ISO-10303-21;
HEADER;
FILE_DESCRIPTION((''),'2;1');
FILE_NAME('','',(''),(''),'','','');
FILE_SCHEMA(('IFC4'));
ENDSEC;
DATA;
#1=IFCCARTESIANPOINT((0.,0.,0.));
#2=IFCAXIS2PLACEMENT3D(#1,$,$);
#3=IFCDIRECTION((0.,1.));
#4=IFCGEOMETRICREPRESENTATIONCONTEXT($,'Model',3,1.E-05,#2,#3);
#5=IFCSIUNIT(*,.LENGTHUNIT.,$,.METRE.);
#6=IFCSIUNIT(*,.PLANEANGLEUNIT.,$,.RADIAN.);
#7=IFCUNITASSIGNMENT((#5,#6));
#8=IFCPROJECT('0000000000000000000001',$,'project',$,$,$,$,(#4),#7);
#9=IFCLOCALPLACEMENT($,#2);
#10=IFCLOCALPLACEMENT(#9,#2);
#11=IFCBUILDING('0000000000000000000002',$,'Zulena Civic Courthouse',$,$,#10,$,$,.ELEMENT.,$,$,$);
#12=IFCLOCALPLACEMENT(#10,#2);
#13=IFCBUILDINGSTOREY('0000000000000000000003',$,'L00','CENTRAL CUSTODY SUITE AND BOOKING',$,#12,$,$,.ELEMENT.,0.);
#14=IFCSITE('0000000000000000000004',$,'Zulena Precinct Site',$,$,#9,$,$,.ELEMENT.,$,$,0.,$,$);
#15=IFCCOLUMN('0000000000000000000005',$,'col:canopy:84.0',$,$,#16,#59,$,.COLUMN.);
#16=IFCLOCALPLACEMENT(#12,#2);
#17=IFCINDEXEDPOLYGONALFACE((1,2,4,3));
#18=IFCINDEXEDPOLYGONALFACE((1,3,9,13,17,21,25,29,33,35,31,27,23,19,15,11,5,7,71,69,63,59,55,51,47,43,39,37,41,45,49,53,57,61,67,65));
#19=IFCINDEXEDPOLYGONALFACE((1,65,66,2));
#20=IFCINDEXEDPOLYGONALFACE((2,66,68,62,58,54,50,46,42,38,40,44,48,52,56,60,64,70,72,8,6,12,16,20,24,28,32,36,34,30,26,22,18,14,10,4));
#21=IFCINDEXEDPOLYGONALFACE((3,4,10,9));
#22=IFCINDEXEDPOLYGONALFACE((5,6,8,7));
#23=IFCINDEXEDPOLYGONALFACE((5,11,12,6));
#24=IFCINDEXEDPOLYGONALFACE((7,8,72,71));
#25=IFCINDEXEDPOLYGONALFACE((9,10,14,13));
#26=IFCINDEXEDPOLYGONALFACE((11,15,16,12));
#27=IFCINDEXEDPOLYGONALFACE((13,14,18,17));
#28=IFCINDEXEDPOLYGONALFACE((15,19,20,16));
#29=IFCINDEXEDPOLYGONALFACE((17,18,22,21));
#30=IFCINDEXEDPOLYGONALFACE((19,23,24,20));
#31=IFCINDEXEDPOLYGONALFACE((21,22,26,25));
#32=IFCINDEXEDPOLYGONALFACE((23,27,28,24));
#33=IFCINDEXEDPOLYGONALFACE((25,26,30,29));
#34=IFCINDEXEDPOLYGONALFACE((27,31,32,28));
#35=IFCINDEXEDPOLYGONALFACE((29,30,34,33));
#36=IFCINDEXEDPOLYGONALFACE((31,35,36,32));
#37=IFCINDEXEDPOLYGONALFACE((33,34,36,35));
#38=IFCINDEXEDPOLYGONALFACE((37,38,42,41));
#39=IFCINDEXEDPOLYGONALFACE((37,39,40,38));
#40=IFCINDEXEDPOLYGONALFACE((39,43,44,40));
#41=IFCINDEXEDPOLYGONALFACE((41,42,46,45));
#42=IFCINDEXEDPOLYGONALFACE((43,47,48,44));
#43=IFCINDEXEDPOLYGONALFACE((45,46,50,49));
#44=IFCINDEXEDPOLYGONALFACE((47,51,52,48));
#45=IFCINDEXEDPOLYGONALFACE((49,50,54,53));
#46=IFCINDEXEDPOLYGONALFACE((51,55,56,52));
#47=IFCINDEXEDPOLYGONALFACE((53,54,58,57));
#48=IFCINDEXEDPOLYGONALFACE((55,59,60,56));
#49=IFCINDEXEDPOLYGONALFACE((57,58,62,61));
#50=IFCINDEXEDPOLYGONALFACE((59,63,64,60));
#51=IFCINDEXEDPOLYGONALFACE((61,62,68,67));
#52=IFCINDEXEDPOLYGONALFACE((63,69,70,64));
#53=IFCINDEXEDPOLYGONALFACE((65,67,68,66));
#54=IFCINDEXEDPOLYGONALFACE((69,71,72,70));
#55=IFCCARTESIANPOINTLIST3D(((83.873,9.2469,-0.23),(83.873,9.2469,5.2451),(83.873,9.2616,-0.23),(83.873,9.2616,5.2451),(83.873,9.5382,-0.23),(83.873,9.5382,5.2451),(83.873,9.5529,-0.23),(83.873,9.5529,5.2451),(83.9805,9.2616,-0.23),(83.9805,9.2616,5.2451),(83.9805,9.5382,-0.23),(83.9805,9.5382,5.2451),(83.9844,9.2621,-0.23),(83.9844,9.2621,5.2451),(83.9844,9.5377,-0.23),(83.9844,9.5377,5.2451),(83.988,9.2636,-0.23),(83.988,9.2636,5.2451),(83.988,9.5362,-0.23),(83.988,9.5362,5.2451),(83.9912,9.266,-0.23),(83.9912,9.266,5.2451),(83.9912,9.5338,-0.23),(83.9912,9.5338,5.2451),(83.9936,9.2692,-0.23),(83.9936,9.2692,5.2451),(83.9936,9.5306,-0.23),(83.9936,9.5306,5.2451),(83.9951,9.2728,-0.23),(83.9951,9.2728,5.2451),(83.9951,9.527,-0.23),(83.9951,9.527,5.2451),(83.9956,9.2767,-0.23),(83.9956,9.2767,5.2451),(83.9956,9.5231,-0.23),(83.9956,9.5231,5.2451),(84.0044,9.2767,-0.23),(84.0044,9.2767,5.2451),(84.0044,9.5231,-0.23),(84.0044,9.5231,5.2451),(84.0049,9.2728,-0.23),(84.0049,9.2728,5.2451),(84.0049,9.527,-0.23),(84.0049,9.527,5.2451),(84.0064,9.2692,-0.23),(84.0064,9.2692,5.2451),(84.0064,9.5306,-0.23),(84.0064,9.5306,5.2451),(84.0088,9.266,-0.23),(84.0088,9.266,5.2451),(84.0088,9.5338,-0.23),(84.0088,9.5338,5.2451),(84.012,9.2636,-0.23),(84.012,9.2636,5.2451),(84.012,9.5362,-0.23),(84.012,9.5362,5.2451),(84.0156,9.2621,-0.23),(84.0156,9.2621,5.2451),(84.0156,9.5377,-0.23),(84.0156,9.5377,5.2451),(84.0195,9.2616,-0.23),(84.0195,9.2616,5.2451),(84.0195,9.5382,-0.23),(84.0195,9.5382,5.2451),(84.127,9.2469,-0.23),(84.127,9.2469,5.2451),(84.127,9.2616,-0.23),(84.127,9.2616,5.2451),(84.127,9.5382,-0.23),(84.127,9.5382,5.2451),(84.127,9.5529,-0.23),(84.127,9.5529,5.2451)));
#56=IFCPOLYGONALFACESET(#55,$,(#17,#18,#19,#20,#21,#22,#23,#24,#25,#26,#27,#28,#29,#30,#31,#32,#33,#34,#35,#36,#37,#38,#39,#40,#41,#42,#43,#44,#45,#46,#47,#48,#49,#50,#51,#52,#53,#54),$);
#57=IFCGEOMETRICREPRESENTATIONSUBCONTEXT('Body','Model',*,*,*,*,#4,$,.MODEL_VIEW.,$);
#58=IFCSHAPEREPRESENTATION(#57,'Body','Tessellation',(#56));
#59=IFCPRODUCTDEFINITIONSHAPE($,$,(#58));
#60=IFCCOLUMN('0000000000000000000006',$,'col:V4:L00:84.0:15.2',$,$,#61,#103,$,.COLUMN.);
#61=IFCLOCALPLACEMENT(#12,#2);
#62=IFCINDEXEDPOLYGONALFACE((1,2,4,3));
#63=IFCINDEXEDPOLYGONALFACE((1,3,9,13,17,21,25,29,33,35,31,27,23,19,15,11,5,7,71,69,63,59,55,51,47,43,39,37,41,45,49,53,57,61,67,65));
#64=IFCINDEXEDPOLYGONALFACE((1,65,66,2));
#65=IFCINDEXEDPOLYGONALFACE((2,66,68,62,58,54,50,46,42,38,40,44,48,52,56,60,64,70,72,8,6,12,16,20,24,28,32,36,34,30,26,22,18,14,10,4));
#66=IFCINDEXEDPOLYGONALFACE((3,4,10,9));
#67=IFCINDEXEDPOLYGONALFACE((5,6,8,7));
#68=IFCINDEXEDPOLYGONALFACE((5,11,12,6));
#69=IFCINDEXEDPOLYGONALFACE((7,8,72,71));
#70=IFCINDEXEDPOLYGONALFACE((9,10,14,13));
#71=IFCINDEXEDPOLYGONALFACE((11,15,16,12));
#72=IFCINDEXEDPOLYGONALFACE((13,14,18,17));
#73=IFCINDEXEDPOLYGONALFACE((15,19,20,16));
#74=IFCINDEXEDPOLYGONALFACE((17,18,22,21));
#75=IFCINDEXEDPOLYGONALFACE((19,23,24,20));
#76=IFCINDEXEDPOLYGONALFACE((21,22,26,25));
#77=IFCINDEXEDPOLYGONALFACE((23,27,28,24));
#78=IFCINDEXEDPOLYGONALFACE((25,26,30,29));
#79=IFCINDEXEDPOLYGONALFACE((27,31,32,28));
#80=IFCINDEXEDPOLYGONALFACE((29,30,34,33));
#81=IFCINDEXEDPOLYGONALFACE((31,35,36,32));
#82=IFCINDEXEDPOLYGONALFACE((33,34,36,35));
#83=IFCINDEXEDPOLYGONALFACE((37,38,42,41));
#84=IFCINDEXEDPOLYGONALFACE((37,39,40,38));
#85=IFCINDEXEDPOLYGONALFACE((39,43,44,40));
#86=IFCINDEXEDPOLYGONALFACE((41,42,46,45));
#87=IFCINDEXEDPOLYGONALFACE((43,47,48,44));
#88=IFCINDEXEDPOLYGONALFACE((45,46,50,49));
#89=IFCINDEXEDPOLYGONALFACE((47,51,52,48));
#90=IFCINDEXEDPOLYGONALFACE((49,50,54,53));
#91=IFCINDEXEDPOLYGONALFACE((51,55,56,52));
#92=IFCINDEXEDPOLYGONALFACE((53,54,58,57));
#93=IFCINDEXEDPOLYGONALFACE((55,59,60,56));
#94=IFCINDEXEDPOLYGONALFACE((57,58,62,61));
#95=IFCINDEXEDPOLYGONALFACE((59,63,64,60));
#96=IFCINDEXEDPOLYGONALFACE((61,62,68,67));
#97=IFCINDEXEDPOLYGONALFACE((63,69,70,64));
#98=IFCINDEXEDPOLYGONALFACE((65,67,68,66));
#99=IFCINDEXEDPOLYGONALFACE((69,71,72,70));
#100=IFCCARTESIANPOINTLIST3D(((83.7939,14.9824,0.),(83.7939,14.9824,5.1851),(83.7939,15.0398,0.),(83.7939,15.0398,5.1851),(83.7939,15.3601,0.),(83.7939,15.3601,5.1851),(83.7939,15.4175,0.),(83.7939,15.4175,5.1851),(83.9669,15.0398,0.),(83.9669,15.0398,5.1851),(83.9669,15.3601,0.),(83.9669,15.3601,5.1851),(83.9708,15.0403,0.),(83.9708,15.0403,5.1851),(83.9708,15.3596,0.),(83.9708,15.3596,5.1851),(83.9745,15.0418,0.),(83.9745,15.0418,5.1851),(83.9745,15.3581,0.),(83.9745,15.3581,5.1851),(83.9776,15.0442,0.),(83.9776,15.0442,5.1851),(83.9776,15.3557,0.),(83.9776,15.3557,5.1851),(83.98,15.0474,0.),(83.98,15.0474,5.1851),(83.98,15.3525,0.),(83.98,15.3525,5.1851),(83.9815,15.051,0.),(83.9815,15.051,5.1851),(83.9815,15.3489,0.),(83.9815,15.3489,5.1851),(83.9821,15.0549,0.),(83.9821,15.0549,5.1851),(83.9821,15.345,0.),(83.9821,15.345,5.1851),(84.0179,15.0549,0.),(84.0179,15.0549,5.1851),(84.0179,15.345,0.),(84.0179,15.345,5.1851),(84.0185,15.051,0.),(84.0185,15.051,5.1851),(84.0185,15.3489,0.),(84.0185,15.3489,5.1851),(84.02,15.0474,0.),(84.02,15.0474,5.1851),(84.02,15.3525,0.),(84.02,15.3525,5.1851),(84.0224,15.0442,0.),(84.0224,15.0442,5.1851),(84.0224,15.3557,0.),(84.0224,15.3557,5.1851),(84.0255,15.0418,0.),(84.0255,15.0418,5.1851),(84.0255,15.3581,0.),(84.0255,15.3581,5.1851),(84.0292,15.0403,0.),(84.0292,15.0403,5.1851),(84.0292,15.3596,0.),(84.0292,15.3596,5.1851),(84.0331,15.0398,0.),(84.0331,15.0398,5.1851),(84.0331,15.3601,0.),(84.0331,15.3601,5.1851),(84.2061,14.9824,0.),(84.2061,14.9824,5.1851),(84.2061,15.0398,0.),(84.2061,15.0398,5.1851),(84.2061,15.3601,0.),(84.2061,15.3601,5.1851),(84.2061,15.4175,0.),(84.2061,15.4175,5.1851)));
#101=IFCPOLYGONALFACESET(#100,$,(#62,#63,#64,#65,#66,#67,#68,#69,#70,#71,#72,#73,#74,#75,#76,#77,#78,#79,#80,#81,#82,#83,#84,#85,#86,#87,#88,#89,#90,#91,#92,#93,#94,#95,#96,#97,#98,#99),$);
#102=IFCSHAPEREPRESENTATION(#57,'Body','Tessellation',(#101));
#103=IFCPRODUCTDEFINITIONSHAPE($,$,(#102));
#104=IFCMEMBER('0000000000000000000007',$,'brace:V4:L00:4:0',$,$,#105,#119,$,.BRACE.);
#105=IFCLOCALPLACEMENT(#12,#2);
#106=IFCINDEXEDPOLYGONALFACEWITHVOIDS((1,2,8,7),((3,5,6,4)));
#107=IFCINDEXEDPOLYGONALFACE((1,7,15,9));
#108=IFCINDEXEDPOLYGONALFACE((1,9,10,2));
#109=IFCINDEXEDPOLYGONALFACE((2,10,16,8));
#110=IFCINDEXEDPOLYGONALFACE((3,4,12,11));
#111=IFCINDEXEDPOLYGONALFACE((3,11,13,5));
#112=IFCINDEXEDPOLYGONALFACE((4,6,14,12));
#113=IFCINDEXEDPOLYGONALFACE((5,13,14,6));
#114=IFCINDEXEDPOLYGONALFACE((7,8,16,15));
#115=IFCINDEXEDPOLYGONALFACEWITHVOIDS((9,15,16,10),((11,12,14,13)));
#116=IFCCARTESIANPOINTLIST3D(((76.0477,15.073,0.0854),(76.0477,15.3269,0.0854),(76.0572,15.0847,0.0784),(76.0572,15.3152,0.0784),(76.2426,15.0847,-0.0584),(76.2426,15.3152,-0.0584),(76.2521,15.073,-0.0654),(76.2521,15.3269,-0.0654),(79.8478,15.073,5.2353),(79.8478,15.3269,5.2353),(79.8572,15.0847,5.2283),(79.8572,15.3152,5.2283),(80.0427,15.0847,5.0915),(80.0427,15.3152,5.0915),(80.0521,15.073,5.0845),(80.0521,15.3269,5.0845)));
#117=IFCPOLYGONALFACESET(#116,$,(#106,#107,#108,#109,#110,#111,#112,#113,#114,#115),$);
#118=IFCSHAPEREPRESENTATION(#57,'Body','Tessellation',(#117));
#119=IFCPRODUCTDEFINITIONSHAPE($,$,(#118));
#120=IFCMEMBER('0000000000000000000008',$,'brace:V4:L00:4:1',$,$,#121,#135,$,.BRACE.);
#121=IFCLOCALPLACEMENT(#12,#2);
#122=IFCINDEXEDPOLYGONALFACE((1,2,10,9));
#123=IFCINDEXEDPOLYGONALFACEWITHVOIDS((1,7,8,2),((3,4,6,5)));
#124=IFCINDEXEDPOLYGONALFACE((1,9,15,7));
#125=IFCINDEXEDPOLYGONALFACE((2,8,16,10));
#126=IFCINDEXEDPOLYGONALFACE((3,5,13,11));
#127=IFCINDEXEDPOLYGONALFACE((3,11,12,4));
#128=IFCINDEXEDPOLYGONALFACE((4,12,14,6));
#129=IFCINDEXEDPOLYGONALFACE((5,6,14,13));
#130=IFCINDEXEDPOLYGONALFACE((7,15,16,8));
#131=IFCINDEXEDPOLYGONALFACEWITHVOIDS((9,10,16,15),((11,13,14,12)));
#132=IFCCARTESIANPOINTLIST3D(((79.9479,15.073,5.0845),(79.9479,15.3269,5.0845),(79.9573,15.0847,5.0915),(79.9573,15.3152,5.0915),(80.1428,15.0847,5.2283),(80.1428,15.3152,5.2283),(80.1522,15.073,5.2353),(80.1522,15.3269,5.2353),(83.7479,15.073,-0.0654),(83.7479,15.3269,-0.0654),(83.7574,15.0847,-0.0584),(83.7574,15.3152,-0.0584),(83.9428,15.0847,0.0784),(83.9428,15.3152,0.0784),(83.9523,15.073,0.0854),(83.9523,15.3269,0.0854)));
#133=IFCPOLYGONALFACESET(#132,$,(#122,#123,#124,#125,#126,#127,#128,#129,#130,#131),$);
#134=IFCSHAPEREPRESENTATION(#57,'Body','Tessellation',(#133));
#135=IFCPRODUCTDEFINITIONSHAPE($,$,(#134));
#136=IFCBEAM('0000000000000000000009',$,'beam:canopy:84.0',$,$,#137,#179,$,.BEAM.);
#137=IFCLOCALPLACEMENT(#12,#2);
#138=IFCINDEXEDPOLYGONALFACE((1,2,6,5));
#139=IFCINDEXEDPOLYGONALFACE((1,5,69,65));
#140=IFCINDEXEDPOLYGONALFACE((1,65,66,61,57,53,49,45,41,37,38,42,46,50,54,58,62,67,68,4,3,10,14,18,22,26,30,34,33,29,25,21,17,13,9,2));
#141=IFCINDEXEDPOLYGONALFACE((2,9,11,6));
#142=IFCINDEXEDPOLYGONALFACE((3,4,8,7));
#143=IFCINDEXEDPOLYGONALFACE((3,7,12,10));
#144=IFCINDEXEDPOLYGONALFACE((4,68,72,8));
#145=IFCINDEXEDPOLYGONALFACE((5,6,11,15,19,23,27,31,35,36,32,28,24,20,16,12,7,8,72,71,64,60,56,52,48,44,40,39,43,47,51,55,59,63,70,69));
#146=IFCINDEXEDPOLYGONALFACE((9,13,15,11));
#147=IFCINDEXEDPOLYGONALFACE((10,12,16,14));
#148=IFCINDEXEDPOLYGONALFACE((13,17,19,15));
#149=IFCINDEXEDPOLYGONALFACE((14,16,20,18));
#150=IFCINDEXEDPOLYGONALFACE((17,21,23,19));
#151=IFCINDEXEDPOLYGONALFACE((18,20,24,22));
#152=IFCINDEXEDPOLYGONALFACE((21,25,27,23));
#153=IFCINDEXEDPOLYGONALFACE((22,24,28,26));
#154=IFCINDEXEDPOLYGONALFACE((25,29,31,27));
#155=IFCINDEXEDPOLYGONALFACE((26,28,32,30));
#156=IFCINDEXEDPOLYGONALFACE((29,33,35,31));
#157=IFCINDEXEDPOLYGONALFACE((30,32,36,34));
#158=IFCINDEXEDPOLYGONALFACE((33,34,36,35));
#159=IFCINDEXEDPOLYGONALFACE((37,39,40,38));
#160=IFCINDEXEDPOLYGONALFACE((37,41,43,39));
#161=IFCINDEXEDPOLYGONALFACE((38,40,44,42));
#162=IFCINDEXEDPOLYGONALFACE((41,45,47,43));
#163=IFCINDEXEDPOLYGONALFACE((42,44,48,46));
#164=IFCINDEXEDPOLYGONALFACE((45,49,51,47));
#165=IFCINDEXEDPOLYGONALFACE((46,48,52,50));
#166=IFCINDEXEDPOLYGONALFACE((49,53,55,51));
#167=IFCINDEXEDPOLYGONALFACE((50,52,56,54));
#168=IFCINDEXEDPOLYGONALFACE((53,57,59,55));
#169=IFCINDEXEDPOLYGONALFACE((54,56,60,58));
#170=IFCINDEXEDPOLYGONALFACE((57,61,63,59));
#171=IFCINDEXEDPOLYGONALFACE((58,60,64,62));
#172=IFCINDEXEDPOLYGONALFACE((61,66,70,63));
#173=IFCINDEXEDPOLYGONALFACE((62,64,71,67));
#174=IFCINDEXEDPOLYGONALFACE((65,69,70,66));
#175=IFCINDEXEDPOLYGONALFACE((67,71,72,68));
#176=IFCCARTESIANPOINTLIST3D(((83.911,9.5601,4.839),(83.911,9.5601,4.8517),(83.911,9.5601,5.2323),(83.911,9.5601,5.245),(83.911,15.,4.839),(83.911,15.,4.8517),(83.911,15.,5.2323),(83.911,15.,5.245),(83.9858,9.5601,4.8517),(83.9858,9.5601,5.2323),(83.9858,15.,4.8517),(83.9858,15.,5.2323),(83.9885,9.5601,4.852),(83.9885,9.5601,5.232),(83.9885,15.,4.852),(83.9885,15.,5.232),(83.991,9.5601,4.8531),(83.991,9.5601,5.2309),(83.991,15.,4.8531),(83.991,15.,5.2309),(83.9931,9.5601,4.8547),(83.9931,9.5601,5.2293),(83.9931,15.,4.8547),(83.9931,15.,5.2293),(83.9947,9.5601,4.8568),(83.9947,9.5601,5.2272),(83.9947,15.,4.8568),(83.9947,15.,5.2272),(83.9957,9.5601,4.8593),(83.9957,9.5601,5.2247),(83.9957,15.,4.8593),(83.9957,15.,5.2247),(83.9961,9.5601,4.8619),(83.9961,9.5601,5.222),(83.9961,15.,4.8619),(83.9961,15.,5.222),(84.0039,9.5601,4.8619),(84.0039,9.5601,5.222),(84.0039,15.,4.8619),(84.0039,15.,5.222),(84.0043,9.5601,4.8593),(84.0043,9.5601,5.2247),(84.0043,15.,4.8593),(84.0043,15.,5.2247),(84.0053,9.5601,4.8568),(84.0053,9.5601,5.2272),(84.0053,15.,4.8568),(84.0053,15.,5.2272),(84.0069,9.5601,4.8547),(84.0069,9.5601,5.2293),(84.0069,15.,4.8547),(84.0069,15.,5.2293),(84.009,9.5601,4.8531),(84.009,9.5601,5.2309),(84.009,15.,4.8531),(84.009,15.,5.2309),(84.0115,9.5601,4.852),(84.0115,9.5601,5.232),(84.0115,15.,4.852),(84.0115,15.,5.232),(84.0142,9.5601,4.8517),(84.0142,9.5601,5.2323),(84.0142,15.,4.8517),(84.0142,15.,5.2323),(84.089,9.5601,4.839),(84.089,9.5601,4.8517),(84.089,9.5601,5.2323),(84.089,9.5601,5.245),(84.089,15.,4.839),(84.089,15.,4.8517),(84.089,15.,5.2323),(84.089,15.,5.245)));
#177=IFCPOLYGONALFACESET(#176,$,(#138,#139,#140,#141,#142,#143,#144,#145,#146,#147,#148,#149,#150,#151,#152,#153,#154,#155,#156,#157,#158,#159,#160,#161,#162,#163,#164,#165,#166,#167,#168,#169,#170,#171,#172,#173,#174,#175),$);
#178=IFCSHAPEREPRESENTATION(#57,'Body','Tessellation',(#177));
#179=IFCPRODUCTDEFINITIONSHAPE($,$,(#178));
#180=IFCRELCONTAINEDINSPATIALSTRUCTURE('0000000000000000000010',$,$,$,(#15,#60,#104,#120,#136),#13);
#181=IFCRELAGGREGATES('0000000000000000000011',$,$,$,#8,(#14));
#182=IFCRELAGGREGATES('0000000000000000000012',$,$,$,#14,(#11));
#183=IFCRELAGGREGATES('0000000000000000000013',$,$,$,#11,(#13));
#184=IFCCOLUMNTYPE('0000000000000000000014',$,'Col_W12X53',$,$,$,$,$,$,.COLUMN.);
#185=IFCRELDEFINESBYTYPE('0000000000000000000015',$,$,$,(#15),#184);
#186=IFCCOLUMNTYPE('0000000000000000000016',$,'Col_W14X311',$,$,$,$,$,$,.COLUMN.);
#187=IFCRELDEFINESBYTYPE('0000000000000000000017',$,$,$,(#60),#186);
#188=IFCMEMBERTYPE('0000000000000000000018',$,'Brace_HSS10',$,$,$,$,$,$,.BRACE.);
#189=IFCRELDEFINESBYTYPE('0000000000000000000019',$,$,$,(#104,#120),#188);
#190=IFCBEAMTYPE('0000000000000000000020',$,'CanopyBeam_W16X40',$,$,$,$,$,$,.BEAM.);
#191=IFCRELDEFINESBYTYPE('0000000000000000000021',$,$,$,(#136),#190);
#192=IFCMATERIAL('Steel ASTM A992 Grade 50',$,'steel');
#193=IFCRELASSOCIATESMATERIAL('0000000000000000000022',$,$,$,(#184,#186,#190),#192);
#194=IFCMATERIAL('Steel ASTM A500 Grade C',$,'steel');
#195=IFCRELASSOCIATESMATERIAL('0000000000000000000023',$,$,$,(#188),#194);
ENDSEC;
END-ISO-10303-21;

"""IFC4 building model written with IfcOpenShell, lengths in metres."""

from ifc_helpers import new_model, si_unit, direction, frame, origin, origin_2d, place, context, subcontext, project, spatial, hollow_rectangle, i_section, extrude, material, material_profile, profile_set, type_object, element, save


model = new_model("IFC4")

# Units and contexts
model_context = context("Model", 3, precision=1e-05, world=origin(), true_north=direction((0.0, 1.0)))
body_context = subcontext(model_context, "Body", "Model", "MODEL_VIEW")
ifc_project = project(units=[si_unit("LENGTHUNIT", "METRE"), si_unit("PLANEANGLEUNIT", "RADIAN")], contexts=[model_context])

# Site, building, storey
site_placement = place(None, origin())
site = spatial("IfcSite", under=ifc_project, at=site_placement, Name="Zulena Precinct Site", CompositionType="ELEMENT", RefElevation=0.0)
building_placement = place(site_placement, origin())
building = spatial("IfcBuilding", under=site, at=building_placement, Name="Zulena Civic Courthouse", CompositionType="ELEMENT")
storey_placement = place(building_placement, origin())
storey = spatial("IfcBuildingStorey", under=building, at=storey_placement, Name="L00", Description="CENTRAL CUSTODY SUITE AND BOOKING", CompositionType="ELEMENT", Elevation=0.0)

# Columns
ifc_material_1 = material(Name="Steel ASTM A992 Grade 50", Category="steel")
ifc_material_profile_1 = material_profile(ifc_material_1, i_section(OverallWidth=0.2539, OverallDepth=0.3059, WebThickness=0.0088, FlangeThickness=0.0146, FilletRadius=0.0151, at=origin_2d()), Name="W12X53")
ifc_profile_set_1 = profile_set([ifc_material_profile_1], Name="Steel ASTM A992 Grade 50")
column_type_1 = type_object("IfcColumnType", Name="Col_W12X53", PredefinedType="COLUMN", material=ifc_profile_set_1)
column_1_placement = place(storey_placement, frame((84.0, 9.3999, -0.23), z_axis=(0.0, 0.0, 1.0), x_axis=(1.0, 0.0, 0.0)))
element("IfcColumn", 1, at=column_1_placement, inside=storey, type_object=column_type_1, Name="col:canopy:84.0", PredefinedType="COLUMN", context=body_context, shape_type="SweptSolid", body=[
    extrude(i_section(OverallWidth=0.2539, OverallDepth=0.3059, WebThickness=0.0088, FlangeThickness=0.0146, FilletRadius=0.0151, at=origin_2d()), origin(), (0.0, 0.0, 1.0), 5.4751),
])
ifc_material_profile_2 = material_profile(ifc_material_1, i_section(OverallWidth=0.4121, OverallDepth=0.4351, WebThickness=0.0359, FlangeThickness=0.0574, FilletRadius=0.0151, at=origin_2d()), Name="W14X311")
ifc_profile_set_2 = profile_set([ifc_material_profile_2], Name="Steel ASTM A992 Grade 50")
column_type_2 = type_object("IfcColumnType", Name="Col_W14X311", PredefinedType="COLUMN", material=ifc_profile_set_2)
column_2_placement = place(storey_placement, frame((84.0, 15.2, 0.0), z_axis=(0.0, 0.0, 1.0), x_axis=(1.0, 0.0, 0.0)))
element("IfcColumn", 2, at=column_2_placement, inside=storey, type_object=column_type_2, Name="col:V4:L00:84.0:15.2", PredefinedType="COLUMN", context=body_context, shape_type="SweptSolid", body=[
    extrude(i_section(OverallWidth=0.4121, OverallDepth=0.4351, WebThickness=0.0359, FlangeThickness=0.0574, FilletRadius=0.0151, at=origin_2d()), origin(), (0.0, 0.0, 1.0), 5.1851),
])

# Members
ifc_material_2 = material(Name="Steel ASTM A500 Grade C", Category="steel")
ifc_material_profile_3 = material_profile(ifc_material_2, hollow_rectangle(XDim=0.2539, YDim=0.2539, WallThickness=0.0117, at=origin_2d()), Name="HSS10X10X1/2")
ifc_profile_set_3 = profile_set([ifc_material_profile_3], Name="Steel ASTM A500 Grade C")
member_type_1 = type_object("IfcMemberType", Name="Brace_HSS10", PredefinedType="BRACE", material=ifc_profile_set_3)
for number, where, z_axis, x_axis, name in (
    (3, (76.1499, 15.2, 0.01), (0.593744, 0.0, 0.804654), (0.0, 1.0, 0.0), "brace:V4:L00:4:0"),
    (4, (83.8501, 15.2, 0.01), (-0.593744, 0.0, 0.804654), (0.0, -1.0, 0.0), "brace:V4:L00:4:1"),
):
    element("IfcMember", number, at=place(storey_placement, frame(where, z_axis=z_axis, x_axis=x_axis)), inside=storey, type_object=member_type_1, Name=name, PredefinedType="BRACE", context=body_context, shape_type="SweptSolid", body=[
        extrude(hollow_rectangle(XDim=0.2539, YDim=0.2539, WallThickness=0.0117, at=origin_2d()), origin(), (0.0, 0.0, 1.0), 6.4001),
    ])

# Beam
ifc_material_profile_4 = material_profile(ifc_material_1, i_section(OverallWidth=0.178, OverallDepth=0.406, WebThickness=0.0078, FlangeThickness=0.0127, FilletRadius=0.0103, at=origin_2d()), Name="W16X40")
ifc_profile_set_4 = profile_set([ifc_material_profile_4], Name="Steel ASTM A992 Grade 50")
beam_type_1 = type_object("IfcBeamType", Name="CanopyBeam_W16X40", PredefinedType="BEAM", material=ifc_profile_set_4)
beam_1_placement = place(storey_placement, frame((84.0, 9.5601, 5.042), z_axis=(0.0, 1.0, 0.0), x_axis=(-1.0, 0.0, 0.0)))
element("IfcBeam", 5, at=beam_1_placement, inside=storey, type_object=beam_type_1, Name="beam:canopy:84.0", PredefinedType="BEAM", context=body_context, shape_type="SweptSolid", body=[
    extrude(i_section(OverallWidth=0.178, OverallDepth=0.406, WebThickness=0.0078, FlangeThickness=0.0127, FilletRadius=0.0103, at=origin_2d()), origin(), (0.0, 0.0, 1.0), 5.4399),
])

save(model, "model.ifc")
